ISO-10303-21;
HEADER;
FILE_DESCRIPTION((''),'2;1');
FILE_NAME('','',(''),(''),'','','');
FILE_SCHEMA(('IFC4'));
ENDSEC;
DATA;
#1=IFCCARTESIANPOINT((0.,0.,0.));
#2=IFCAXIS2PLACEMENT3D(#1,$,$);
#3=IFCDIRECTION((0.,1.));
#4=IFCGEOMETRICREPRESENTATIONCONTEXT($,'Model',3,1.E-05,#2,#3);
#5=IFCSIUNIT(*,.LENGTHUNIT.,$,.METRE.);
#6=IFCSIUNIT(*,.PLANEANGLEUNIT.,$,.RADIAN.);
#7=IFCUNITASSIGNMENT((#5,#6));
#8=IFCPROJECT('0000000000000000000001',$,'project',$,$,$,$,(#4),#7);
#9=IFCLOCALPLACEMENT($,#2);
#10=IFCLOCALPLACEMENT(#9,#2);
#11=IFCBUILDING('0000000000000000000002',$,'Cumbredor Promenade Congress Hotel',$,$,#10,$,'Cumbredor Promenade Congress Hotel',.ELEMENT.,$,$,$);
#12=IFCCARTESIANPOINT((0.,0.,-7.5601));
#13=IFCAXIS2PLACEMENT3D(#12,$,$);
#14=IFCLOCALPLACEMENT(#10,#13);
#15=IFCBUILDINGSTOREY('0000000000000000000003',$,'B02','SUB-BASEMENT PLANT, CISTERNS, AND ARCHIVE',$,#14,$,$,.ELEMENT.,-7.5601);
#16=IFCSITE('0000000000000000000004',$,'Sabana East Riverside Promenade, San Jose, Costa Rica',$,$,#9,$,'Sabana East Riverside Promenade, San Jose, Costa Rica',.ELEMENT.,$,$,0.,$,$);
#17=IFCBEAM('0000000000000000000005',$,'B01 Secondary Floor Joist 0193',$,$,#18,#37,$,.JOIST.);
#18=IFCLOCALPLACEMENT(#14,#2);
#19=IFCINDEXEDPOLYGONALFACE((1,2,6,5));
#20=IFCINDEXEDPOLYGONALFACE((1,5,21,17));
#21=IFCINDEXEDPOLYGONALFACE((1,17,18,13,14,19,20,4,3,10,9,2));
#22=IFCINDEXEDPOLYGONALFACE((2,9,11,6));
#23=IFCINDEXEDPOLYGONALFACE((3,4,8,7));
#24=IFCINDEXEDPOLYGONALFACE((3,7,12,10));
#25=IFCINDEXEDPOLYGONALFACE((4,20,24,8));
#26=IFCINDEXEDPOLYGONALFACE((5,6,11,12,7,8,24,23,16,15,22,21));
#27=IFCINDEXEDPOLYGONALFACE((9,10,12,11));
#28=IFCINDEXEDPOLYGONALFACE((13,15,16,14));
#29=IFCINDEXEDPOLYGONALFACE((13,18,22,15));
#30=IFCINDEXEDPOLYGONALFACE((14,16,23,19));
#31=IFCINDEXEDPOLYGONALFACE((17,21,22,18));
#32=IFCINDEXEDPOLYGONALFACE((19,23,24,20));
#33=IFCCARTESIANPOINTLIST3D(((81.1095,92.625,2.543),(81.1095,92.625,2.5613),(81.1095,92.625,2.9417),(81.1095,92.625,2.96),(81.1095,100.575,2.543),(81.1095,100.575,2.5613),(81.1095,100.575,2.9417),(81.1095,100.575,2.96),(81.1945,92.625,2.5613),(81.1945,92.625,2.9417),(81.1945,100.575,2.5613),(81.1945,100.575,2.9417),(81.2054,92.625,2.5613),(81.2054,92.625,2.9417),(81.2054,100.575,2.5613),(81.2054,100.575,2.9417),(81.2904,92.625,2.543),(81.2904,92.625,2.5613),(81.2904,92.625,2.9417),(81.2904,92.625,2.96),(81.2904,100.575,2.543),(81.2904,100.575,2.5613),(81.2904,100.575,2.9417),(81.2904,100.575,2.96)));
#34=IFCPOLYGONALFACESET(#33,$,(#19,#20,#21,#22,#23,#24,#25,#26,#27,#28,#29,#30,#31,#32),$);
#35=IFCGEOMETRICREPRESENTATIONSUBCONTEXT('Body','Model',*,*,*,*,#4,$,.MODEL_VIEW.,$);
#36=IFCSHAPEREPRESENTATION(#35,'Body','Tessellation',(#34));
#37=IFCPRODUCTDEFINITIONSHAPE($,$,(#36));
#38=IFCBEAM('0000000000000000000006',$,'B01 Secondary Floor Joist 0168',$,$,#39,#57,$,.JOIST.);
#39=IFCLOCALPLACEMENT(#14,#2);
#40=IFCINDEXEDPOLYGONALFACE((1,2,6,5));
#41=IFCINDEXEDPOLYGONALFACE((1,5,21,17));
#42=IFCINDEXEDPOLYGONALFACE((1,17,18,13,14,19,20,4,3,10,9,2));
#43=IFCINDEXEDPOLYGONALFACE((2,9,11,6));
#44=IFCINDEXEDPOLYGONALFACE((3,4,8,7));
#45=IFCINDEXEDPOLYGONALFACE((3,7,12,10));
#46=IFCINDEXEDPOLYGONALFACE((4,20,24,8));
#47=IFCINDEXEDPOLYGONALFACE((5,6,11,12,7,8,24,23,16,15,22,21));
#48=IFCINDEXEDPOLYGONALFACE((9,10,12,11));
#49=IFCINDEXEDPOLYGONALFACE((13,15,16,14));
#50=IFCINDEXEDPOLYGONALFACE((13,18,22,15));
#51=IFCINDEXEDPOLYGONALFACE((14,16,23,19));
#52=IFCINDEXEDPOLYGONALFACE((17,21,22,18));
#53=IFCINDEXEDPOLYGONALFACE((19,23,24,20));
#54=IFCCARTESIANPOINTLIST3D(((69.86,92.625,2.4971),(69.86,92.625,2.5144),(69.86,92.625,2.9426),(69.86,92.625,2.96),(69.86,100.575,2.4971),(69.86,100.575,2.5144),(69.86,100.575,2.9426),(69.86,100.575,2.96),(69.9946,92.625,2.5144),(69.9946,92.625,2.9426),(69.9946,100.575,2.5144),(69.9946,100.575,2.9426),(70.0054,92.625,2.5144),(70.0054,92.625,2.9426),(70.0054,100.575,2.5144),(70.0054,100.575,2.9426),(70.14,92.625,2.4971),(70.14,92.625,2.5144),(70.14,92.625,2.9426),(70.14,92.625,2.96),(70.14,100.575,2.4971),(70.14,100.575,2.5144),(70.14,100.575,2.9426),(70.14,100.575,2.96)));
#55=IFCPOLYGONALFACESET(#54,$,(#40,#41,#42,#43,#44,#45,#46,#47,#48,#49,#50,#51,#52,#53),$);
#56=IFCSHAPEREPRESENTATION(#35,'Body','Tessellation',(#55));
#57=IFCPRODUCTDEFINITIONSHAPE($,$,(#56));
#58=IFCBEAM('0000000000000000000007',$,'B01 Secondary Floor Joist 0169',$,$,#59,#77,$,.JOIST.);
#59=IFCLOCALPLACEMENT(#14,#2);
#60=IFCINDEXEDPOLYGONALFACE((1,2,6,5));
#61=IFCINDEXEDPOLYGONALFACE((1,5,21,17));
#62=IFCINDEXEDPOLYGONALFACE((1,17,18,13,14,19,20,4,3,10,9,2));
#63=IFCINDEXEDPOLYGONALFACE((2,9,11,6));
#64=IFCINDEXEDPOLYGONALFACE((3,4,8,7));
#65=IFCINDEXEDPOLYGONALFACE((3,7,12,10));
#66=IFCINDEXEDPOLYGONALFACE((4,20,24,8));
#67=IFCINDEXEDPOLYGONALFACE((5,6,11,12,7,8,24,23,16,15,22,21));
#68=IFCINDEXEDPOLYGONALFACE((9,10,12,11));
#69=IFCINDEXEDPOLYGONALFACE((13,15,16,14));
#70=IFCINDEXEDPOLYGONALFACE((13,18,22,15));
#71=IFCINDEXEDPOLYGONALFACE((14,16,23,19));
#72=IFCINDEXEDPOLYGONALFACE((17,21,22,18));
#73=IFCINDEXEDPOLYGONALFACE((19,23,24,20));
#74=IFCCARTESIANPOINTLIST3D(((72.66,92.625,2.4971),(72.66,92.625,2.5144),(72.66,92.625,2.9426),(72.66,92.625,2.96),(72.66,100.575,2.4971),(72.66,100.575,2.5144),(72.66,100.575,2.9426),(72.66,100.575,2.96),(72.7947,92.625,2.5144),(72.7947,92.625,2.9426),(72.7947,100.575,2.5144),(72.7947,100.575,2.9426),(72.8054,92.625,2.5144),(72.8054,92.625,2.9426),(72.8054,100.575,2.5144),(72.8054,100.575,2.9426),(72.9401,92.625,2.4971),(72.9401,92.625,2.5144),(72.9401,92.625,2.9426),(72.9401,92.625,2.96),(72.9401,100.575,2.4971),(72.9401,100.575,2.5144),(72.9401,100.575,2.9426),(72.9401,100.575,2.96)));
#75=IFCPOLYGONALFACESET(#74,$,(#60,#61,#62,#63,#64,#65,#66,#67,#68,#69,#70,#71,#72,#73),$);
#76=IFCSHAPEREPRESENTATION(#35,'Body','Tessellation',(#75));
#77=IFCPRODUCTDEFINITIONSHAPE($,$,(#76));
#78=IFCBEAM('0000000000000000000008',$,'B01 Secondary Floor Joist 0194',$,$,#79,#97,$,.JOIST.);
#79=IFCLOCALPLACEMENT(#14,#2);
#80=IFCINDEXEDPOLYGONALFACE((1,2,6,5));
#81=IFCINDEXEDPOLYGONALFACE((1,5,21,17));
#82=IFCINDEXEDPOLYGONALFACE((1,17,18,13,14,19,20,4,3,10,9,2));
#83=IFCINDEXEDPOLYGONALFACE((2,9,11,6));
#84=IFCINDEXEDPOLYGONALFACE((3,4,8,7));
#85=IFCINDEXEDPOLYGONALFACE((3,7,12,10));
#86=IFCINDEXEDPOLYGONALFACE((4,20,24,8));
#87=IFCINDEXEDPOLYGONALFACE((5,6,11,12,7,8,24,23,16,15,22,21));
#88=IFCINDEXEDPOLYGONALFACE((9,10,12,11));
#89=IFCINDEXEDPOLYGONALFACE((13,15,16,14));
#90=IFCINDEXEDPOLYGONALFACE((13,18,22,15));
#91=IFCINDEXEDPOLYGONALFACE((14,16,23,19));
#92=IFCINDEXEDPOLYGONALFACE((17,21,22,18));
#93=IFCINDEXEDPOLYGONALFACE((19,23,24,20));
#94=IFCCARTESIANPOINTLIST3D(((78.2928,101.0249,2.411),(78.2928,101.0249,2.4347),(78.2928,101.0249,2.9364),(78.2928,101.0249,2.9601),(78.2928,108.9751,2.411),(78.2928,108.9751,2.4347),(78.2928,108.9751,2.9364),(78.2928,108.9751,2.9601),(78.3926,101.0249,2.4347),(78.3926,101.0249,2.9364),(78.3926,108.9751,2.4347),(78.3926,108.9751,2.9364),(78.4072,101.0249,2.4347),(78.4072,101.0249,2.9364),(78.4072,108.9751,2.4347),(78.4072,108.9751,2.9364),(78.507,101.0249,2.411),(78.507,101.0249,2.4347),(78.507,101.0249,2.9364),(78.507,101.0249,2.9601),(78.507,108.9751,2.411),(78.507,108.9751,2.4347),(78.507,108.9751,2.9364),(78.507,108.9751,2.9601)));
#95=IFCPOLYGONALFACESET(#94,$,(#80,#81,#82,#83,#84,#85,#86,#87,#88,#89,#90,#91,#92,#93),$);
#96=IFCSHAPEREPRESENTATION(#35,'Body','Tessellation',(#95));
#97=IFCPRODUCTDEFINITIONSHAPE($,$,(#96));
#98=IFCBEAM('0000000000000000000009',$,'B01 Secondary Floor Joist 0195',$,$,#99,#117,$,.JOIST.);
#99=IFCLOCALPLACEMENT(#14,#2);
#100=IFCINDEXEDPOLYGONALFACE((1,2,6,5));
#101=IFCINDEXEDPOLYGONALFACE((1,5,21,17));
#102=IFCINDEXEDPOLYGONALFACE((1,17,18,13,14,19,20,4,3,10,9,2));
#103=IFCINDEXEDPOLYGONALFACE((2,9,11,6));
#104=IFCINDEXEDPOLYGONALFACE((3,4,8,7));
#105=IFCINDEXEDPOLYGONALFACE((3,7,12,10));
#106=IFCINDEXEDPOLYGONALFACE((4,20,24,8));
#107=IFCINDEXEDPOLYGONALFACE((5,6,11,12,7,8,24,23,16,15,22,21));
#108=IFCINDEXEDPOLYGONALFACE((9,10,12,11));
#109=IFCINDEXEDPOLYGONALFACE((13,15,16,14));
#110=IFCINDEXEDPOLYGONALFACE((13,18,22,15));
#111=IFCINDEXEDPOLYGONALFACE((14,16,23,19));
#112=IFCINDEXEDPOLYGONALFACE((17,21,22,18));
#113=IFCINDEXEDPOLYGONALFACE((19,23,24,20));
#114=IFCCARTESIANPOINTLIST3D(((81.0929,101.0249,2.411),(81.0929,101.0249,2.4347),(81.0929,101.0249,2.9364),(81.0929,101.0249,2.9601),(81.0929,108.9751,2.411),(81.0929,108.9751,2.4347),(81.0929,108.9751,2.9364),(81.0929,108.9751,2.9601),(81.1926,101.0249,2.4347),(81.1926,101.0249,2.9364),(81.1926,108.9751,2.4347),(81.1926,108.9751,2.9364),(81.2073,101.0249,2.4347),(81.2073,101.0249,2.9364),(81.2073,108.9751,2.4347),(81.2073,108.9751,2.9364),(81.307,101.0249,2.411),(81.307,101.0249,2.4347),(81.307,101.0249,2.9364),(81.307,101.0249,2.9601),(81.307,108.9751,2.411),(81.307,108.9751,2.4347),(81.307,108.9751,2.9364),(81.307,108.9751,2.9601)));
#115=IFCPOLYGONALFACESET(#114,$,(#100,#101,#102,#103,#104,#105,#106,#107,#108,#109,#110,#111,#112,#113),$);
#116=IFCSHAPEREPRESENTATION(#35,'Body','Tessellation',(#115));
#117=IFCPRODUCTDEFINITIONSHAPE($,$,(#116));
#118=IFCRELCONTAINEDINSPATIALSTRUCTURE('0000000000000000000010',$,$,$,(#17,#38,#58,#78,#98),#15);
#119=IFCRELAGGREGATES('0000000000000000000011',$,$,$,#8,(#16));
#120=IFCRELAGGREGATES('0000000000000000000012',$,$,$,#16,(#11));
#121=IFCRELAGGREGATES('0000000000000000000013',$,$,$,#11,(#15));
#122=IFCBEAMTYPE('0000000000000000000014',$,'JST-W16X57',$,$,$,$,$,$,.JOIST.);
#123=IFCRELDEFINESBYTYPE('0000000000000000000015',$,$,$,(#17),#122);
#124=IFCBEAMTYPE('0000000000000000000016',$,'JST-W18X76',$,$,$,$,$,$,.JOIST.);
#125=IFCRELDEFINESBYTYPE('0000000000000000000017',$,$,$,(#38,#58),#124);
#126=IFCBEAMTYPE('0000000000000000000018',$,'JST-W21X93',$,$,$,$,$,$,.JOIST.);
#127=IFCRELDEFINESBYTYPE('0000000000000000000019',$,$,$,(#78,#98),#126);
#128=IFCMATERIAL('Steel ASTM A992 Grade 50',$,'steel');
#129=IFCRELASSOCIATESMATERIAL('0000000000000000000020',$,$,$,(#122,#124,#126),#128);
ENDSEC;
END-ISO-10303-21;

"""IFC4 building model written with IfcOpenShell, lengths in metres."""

from ifc_helpers import new_model, si_unit, direction, frame, origin, origin_2d, place, context, subcontext, project, spatial, i_section, extrude, material, material_profile, profile_set, type_object, element, save


model = new_model("IFC4")

# Units and contexts
model_context = context("Model", 3, precision=1e-05, world=origin(), true_north=direction((0.0, 1.0)))
body_context = subcontext(model_context, "Body", "Model", "MODEL_VIEW")
ifc_project = project(units=[si_unit("LENGTHUNIT", "METRE"), si_unit("PLANEANGLEUNIT", "RADIAN")], contexts=[model_context])

# Site, building, storey
site_placement = place(None, origin())
site = spatial("IfcSite", under=ifc_project, at=site_placement, Name="Sabana East Riverside Promenade, San Jose, Costa Rica", LongName="Sabana East Riverside Promenade, San Jose, Costa Rica", CompositionType="ELEMENT", RefElevation=0.0)
building_placement = place(site_placement, origin())
building = spatial("IfcBuilding", under=site, at=building_placement, Name="Cumbredor Promenade Congress Hotel", LongName="Cumbredor Promenade Congress Hotel", CompositionType="ELEMENT")
storey_placement = place(building_placement, frame((0.0, 0.0, -7.5601)))
storey = spatial("IfcBuildingStorey", under=building, at=storey_placement, Name="B02", Description="SUB-BASEMENT PLANT, CISTERNS, AND ARCHIVE", CompositionType="ELEMENT", Elevation=-7.5601)

# Beams
ifc_material_1 = material(Name="Steel ASTM A992 Grade 50", Category="steel")
ifc_material_profile_1 = material_profile(ifc_material_1, i_section(OverallWidth=0.1809, OverallDepth=0.417, WebThickness=0.011, FlangeThickness=0.0183, at=origin_2d()), Name="W16X57")
ifc_profile_set_1 = profile_set([ifc_material_profile_1], Name="Steel ASTM A992 Grade 50")
beam_type_1 = type_object("IfcBeamType", Name="JST-W16X57", PredefinedType="JOIST", material=ifc_profile_set_1)
for number, where, z_axis, x_axis, name in (
    (1, (81.2, 92.625, 2.7515), (0.0, 1.0, 0.0), (-1.0, 0.0, 0.0), "B01 Secondary Floor Joist 0193"),
):
    element("IfcBeam", number, at=place(storey_placement, frame(where, z_axis=z_axis, x_axis=x_axis)), inside=storey, type_object=beam_type_1, Name=name, PredefinedType="JOIST", context=body_context, shape_type="SweptSolid", body=[
        extrude(i_section(OverallWidth=0.1809, OverallDepth=0.417, WebThickness=0.011, FlangeThickness=0.0183, at=origin_2d()), origin(), (0.0, 0.0, 1.0), 7.95),
    ])
ifc_material_profile_2 = material_profile(ifc_material_1, i_section(OverallWidth=0.28, OverallDepth=0.4629, WebThickness=0.0107, FlangeThickness=0.0173, at=origin_2d()), Name="W18X76")
ifc_profile_set_2 = profile_set([ifc_material_profile_2], Name="Steel ASTM A992 Grade 50")
beam_type_2 = type_object("IfcBeamType", Name="JST-W18X76", PredefinedType="JOIST", material=ifc_profile_set_2)
for number, where, z_axis, x_axis, name in (
    (2, (70.0, 92.625, 2.7285), (0.0, 1.0, 0.0), (-1.0, 0.0, 0.0), "B01 Secondary Floor Joist 0168"),
    (3, (72.8, 92.625, 2.7285), (0.0, 1.0, 0.0), (-1.0, 0.0, 0.0), "B01 Secondary Floor Joist 0169"),
):
    element("IfcBeam", number, at=place(storey_placement, frame(where, z_axis=z_axis, x_axis=x_axis)), inside=storey, type_object=beam_type_2, Name=name, PredefinedType="JOIST", context=body_context, shape_type="SweptSolid", body=[
        extrude(i_section(OverallWidth=0.28, OverallDepth=0.4629, WebThickness=0.0107, FlangeThickness=0.0173, at=origin_2d()), origin(), (0.0, 0.0, 1.0), 7.95),
    ])
ifc_material_profile_3 = material_profile(ifc_material_1, i_section(OverallWidth=0.2141, OverallDepth=0.5491, WebThickness=0.0146, FlangeThickness=0.0237, at=origin_2d()), Name="W21X93")
ifc_profile_set_3 = profile_set([ifc_material_profile_3], Name="Steel ASTM A992 Grade 50")
beam_type_3 = type_object("IfcBeamType", Name="JST-W21X93", PredefinedType="JOIST", material=ifc_profile_set_3)
for number, where, z_axis, x_axis, name in (
    (4, (78.3999, 101.0249, 2.6855), (0.0, 1.0, 0.0), (-1.0, 0.0, 0.0), "B01 Secondary Floor Joist 0194"),
    (5, (81.2, 101.0249, 2.6855), (0.0, 1.0, 0.0), (-1.0, 0.0, 0.0), "B01 Secondary Floor Joist 0195"),
):
    element("IfcBeam", number, at=place(storey_placement, frame(where, z_axis=z_axis, x_axis=x_axis)), inside=storey, type_object=beam_type_3, Name=name, PredefinedType="JOIST", context=body_context, shape_type="SweptSolid", body=[
        extrude(i_section(OverallWidth=0.2141, OverallDepth=0.5491, WebThickness=0.0146, FlangeThickness=0.0237, at=origin_2d()), origin(), (0.0, 0.0, 1.0), 7.9502),
    ])

save(model, "model.ifc")
